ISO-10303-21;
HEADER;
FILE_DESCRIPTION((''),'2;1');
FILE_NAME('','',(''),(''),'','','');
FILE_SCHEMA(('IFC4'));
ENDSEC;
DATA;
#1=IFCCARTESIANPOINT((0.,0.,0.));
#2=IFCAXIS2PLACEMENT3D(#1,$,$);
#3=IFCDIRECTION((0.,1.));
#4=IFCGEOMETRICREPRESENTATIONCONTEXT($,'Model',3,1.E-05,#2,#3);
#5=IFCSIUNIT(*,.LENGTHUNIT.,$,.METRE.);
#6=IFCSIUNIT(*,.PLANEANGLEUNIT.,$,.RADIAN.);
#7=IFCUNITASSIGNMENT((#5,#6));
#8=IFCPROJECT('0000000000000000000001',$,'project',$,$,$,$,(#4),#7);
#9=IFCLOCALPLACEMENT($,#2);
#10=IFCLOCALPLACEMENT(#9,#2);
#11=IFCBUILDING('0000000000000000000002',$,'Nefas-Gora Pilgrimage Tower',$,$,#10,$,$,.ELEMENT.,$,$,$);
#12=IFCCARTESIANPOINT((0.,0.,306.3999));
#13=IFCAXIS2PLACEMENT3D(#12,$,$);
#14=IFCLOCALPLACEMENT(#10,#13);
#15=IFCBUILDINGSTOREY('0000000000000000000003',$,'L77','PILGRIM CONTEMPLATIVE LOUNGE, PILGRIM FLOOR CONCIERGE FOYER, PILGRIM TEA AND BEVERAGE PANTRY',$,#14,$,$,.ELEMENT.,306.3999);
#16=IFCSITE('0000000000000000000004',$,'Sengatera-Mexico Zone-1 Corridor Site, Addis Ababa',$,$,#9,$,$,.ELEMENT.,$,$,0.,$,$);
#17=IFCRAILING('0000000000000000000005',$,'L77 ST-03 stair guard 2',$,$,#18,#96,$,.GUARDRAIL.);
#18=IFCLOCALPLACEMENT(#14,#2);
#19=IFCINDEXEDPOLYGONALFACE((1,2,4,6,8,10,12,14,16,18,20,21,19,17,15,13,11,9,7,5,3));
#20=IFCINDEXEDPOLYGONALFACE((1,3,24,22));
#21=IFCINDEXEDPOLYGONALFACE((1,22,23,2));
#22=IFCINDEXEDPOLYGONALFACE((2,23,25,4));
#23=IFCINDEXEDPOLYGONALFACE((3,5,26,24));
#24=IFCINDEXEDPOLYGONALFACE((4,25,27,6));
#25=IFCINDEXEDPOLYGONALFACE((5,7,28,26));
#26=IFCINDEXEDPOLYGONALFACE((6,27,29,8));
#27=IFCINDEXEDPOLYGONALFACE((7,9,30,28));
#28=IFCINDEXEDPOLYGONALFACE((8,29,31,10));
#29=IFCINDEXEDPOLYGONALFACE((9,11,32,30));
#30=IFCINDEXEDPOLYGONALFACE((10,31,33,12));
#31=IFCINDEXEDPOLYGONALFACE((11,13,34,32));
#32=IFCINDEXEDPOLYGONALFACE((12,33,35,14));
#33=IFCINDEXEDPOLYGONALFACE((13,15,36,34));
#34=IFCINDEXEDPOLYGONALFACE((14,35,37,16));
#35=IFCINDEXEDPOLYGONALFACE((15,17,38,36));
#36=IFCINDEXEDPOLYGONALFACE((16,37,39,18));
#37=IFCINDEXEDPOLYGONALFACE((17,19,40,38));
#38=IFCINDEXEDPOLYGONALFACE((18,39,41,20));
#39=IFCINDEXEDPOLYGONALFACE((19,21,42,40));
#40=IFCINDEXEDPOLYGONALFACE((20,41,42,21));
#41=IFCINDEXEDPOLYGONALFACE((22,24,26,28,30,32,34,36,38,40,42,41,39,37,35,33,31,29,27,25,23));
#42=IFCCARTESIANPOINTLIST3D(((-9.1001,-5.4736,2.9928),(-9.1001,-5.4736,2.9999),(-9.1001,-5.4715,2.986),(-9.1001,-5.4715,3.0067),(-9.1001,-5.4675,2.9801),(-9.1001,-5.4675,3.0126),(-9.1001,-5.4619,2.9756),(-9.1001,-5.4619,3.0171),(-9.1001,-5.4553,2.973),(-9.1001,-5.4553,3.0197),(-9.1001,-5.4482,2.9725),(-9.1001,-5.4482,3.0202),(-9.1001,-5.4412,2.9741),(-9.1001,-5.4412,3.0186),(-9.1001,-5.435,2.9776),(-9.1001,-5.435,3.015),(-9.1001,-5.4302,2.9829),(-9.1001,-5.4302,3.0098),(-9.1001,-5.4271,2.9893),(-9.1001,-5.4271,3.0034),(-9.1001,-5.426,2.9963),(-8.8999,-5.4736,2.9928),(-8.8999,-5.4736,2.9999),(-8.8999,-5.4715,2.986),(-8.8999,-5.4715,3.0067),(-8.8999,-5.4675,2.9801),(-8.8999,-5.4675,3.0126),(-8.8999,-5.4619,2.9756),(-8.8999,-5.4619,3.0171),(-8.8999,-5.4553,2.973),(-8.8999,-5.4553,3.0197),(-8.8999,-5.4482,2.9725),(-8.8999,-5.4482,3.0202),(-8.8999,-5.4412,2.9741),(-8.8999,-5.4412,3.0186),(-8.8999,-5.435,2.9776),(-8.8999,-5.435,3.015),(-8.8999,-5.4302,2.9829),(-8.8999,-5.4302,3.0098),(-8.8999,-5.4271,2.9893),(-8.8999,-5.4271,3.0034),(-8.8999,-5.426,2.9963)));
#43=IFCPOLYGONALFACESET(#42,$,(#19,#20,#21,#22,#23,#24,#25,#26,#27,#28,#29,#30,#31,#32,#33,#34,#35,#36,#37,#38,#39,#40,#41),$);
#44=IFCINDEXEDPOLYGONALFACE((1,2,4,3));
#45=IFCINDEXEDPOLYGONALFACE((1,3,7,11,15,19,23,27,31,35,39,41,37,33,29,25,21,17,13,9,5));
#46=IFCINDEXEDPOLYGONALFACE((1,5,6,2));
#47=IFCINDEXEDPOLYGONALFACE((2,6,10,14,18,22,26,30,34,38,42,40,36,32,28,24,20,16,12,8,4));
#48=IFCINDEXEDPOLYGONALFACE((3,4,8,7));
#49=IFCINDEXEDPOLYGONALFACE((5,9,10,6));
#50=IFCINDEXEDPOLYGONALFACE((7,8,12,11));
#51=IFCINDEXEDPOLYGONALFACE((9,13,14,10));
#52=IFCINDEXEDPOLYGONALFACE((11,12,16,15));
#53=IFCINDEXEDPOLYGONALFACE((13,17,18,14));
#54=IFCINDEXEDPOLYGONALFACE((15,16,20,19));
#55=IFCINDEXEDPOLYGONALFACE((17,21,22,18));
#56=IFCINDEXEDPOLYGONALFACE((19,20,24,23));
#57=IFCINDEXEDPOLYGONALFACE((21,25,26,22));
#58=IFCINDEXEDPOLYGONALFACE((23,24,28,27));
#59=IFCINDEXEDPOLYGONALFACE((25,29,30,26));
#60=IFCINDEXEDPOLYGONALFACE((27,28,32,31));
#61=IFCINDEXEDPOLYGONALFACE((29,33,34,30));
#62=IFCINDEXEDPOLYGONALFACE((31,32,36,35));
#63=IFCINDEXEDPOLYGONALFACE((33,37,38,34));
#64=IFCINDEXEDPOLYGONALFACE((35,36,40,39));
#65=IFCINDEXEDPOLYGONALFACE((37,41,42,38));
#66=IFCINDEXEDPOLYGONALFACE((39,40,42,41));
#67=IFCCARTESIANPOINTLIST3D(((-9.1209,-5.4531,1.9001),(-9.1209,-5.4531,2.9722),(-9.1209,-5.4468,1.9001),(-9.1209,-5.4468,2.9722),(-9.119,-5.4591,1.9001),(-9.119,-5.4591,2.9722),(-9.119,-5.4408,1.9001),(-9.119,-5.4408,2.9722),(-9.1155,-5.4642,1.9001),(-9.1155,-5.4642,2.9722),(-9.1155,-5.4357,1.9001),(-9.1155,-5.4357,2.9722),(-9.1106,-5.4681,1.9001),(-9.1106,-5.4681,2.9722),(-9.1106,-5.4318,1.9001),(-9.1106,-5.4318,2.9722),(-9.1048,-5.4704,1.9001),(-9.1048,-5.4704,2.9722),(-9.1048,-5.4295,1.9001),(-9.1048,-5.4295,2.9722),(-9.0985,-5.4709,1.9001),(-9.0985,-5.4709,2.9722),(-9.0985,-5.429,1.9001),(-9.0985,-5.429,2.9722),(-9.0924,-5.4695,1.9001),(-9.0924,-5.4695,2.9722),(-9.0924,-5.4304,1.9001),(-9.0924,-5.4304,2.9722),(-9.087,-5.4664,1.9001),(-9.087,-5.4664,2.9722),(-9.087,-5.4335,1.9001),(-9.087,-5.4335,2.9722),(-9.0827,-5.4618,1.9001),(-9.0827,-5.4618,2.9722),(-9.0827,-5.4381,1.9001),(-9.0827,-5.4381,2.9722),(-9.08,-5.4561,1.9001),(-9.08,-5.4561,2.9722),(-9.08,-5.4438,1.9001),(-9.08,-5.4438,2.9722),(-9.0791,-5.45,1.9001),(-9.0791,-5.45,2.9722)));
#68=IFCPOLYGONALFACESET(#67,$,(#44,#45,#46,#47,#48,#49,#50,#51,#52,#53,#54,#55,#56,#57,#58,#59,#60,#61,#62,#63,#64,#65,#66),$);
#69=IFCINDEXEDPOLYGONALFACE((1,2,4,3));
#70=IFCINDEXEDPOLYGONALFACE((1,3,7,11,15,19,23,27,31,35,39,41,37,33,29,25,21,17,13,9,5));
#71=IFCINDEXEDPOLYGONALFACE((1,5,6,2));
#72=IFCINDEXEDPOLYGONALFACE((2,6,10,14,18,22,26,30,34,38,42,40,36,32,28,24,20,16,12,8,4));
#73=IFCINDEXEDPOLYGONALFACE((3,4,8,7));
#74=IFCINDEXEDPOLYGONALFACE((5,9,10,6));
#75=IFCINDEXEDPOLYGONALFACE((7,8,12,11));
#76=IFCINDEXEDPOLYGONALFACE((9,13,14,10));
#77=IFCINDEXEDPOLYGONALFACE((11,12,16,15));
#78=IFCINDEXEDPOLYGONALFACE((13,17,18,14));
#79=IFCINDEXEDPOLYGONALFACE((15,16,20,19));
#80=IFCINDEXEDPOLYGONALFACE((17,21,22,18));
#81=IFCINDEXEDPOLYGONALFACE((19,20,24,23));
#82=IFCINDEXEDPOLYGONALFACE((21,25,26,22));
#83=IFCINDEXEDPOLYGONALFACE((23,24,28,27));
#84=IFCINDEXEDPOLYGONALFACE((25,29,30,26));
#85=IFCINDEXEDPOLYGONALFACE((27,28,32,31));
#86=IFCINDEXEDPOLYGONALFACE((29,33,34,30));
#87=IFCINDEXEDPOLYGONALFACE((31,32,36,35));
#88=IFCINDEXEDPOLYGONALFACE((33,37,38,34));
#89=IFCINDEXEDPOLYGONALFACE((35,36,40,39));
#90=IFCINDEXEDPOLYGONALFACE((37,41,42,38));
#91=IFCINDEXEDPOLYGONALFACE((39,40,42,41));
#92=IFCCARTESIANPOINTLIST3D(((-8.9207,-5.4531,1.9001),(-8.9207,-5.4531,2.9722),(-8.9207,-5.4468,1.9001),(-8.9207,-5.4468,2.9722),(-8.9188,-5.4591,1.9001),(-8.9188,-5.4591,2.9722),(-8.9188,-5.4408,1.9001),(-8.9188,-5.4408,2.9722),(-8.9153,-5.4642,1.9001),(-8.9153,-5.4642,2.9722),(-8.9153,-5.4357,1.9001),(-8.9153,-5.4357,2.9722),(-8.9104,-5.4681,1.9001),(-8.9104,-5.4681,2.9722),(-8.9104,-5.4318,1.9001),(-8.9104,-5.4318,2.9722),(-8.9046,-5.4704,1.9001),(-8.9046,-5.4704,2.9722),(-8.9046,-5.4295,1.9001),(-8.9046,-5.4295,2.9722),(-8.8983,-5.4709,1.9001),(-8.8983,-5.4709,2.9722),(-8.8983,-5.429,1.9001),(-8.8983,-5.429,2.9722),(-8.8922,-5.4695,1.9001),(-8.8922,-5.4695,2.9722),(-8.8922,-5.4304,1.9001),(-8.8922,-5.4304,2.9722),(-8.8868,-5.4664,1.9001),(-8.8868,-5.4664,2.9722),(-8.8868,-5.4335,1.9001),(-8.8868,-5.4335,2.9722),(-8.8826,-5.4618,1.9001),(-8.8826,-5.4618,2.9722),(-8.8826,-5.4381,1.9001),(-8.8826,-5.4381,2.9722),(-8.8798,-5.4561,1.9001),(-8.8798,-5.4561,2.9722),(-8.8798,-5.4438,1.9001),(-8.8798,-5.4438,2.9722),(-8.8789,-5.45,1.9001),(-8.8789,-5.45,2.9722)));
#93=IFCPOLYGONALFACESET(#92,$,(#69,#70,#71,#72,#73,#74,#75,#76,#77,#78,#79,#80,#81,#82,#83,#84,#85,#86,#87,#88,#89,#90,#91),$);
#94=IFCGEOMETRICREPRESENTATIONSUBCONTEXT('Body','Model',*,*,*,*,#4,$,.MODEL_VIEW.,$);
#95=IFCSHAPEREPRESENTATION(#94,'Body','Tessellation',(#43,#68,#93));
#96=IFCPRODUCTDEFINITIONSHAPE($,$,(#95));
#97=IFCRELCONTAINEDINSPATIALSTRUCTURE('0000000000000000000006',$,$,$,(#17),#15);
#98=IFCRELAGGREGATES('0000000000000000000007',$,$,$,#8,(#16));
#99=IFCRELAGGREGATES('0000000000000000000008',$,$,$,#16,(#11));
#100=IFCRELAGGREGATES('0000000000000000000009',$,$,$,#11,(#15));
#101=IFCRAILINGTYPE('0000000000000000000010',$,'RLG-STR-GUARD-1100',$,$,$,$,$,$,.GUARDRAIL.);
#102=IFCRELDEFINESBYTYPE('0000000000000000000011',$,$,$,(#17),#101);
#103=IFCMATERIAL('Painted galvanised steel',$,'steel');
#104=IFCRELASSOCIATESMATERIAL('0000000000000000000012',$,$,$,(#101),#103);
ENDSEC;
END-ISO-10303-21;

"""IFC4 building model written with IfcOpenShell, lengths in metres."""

from ifc_helpers import new_model, si_unit, direction, frame, origin, origin_2d, place, context, subcontext, project, spatial, circle, extrude, material, type_object, element, save


model = new_model("IFC4")

# Units and contexts
model_context = context("Model", 3, precision=1e-05, world=origin(), true_north=direction((0.0, 1.0)))
body_context = subcontext(model_context, "Body", "Model", "MODEL_VIEW")
ifc_project = project(units=[si_unit("LENGTHUNIT", "METRE"), si_unit("PLANEANGLEUNIT", "RADIAN")], contexts=[model_context])

# Site, building, storey
site_placement = place(None, origin())
site = spatial("IfcSite", under=ifc_project, at=site_placement, Name="Sengatera-Mexico Zone-1 Corridor Site, Addis Ababa", CompositionType="ELEMENT", RefElevation=0.0)
building_placement = place(site_placement, origin())
building = spatial("IfcBuilding", under=site, at=building_placement, Name="Nefas-Gora Pilgrimage Tower", CompositionType="ELEMENT")
storey_placement = place(building_placement, frame((0.0, 0.0, 306.3999)))
storey = spatial("IfcBuildingStorey", under=building, at=storey_placement, Name="L77", Description="PILGRIM CONTEMPLATIVE LOUNGE, PILGRIM FLOOR CONCIERGE FOYER, PILGRIM TEA AND BEVERAGE PANTRY", CompositionType="ELEMENT", Elevation=306.3999)

# Railing
ifc_material_1 = material(Name="Painted galvanised steel", Category="steel")
railing_type_1 = type_object("IfcRailingType", Name="RLG-STR-GUARD-1100", PredefinedType="GUARDRAIL", material=ifc_material_1)
railing_1_placement = place(storey_placement, frame((-9.1001, -5.45, 1.9001)))
element("IfcRailing", 1, at=railing_1_placement, inside=storey, type_object=railing_type_1, Name="L77 ST-03 stair guard 2", PredefinedType="GUARDRAIL", context=body_context, shape_type="SweptSolid", body=[
    extrude(circle(Radius=0.0239, at=origin_2d()), frame((0.0, 0.0, 1.0962), z_axis=(1.0, 0.0, 0.0), x_axis=(0.0, 1.0, 0.0)), (0.0, 0.0, 1.0), 0.2002),
    extrude(circle(Radius=0.021, at=origin_2d()), origin(), (0.0, 0.0, 1.0), 1.072),
    extrude(circle(Radius=0.021, at=origin_2d()), frame((0.2002, 0.0, 0.0)), (0.0, 0.0, 1.0), 1.072),
])

save(model, "model.ifc")
